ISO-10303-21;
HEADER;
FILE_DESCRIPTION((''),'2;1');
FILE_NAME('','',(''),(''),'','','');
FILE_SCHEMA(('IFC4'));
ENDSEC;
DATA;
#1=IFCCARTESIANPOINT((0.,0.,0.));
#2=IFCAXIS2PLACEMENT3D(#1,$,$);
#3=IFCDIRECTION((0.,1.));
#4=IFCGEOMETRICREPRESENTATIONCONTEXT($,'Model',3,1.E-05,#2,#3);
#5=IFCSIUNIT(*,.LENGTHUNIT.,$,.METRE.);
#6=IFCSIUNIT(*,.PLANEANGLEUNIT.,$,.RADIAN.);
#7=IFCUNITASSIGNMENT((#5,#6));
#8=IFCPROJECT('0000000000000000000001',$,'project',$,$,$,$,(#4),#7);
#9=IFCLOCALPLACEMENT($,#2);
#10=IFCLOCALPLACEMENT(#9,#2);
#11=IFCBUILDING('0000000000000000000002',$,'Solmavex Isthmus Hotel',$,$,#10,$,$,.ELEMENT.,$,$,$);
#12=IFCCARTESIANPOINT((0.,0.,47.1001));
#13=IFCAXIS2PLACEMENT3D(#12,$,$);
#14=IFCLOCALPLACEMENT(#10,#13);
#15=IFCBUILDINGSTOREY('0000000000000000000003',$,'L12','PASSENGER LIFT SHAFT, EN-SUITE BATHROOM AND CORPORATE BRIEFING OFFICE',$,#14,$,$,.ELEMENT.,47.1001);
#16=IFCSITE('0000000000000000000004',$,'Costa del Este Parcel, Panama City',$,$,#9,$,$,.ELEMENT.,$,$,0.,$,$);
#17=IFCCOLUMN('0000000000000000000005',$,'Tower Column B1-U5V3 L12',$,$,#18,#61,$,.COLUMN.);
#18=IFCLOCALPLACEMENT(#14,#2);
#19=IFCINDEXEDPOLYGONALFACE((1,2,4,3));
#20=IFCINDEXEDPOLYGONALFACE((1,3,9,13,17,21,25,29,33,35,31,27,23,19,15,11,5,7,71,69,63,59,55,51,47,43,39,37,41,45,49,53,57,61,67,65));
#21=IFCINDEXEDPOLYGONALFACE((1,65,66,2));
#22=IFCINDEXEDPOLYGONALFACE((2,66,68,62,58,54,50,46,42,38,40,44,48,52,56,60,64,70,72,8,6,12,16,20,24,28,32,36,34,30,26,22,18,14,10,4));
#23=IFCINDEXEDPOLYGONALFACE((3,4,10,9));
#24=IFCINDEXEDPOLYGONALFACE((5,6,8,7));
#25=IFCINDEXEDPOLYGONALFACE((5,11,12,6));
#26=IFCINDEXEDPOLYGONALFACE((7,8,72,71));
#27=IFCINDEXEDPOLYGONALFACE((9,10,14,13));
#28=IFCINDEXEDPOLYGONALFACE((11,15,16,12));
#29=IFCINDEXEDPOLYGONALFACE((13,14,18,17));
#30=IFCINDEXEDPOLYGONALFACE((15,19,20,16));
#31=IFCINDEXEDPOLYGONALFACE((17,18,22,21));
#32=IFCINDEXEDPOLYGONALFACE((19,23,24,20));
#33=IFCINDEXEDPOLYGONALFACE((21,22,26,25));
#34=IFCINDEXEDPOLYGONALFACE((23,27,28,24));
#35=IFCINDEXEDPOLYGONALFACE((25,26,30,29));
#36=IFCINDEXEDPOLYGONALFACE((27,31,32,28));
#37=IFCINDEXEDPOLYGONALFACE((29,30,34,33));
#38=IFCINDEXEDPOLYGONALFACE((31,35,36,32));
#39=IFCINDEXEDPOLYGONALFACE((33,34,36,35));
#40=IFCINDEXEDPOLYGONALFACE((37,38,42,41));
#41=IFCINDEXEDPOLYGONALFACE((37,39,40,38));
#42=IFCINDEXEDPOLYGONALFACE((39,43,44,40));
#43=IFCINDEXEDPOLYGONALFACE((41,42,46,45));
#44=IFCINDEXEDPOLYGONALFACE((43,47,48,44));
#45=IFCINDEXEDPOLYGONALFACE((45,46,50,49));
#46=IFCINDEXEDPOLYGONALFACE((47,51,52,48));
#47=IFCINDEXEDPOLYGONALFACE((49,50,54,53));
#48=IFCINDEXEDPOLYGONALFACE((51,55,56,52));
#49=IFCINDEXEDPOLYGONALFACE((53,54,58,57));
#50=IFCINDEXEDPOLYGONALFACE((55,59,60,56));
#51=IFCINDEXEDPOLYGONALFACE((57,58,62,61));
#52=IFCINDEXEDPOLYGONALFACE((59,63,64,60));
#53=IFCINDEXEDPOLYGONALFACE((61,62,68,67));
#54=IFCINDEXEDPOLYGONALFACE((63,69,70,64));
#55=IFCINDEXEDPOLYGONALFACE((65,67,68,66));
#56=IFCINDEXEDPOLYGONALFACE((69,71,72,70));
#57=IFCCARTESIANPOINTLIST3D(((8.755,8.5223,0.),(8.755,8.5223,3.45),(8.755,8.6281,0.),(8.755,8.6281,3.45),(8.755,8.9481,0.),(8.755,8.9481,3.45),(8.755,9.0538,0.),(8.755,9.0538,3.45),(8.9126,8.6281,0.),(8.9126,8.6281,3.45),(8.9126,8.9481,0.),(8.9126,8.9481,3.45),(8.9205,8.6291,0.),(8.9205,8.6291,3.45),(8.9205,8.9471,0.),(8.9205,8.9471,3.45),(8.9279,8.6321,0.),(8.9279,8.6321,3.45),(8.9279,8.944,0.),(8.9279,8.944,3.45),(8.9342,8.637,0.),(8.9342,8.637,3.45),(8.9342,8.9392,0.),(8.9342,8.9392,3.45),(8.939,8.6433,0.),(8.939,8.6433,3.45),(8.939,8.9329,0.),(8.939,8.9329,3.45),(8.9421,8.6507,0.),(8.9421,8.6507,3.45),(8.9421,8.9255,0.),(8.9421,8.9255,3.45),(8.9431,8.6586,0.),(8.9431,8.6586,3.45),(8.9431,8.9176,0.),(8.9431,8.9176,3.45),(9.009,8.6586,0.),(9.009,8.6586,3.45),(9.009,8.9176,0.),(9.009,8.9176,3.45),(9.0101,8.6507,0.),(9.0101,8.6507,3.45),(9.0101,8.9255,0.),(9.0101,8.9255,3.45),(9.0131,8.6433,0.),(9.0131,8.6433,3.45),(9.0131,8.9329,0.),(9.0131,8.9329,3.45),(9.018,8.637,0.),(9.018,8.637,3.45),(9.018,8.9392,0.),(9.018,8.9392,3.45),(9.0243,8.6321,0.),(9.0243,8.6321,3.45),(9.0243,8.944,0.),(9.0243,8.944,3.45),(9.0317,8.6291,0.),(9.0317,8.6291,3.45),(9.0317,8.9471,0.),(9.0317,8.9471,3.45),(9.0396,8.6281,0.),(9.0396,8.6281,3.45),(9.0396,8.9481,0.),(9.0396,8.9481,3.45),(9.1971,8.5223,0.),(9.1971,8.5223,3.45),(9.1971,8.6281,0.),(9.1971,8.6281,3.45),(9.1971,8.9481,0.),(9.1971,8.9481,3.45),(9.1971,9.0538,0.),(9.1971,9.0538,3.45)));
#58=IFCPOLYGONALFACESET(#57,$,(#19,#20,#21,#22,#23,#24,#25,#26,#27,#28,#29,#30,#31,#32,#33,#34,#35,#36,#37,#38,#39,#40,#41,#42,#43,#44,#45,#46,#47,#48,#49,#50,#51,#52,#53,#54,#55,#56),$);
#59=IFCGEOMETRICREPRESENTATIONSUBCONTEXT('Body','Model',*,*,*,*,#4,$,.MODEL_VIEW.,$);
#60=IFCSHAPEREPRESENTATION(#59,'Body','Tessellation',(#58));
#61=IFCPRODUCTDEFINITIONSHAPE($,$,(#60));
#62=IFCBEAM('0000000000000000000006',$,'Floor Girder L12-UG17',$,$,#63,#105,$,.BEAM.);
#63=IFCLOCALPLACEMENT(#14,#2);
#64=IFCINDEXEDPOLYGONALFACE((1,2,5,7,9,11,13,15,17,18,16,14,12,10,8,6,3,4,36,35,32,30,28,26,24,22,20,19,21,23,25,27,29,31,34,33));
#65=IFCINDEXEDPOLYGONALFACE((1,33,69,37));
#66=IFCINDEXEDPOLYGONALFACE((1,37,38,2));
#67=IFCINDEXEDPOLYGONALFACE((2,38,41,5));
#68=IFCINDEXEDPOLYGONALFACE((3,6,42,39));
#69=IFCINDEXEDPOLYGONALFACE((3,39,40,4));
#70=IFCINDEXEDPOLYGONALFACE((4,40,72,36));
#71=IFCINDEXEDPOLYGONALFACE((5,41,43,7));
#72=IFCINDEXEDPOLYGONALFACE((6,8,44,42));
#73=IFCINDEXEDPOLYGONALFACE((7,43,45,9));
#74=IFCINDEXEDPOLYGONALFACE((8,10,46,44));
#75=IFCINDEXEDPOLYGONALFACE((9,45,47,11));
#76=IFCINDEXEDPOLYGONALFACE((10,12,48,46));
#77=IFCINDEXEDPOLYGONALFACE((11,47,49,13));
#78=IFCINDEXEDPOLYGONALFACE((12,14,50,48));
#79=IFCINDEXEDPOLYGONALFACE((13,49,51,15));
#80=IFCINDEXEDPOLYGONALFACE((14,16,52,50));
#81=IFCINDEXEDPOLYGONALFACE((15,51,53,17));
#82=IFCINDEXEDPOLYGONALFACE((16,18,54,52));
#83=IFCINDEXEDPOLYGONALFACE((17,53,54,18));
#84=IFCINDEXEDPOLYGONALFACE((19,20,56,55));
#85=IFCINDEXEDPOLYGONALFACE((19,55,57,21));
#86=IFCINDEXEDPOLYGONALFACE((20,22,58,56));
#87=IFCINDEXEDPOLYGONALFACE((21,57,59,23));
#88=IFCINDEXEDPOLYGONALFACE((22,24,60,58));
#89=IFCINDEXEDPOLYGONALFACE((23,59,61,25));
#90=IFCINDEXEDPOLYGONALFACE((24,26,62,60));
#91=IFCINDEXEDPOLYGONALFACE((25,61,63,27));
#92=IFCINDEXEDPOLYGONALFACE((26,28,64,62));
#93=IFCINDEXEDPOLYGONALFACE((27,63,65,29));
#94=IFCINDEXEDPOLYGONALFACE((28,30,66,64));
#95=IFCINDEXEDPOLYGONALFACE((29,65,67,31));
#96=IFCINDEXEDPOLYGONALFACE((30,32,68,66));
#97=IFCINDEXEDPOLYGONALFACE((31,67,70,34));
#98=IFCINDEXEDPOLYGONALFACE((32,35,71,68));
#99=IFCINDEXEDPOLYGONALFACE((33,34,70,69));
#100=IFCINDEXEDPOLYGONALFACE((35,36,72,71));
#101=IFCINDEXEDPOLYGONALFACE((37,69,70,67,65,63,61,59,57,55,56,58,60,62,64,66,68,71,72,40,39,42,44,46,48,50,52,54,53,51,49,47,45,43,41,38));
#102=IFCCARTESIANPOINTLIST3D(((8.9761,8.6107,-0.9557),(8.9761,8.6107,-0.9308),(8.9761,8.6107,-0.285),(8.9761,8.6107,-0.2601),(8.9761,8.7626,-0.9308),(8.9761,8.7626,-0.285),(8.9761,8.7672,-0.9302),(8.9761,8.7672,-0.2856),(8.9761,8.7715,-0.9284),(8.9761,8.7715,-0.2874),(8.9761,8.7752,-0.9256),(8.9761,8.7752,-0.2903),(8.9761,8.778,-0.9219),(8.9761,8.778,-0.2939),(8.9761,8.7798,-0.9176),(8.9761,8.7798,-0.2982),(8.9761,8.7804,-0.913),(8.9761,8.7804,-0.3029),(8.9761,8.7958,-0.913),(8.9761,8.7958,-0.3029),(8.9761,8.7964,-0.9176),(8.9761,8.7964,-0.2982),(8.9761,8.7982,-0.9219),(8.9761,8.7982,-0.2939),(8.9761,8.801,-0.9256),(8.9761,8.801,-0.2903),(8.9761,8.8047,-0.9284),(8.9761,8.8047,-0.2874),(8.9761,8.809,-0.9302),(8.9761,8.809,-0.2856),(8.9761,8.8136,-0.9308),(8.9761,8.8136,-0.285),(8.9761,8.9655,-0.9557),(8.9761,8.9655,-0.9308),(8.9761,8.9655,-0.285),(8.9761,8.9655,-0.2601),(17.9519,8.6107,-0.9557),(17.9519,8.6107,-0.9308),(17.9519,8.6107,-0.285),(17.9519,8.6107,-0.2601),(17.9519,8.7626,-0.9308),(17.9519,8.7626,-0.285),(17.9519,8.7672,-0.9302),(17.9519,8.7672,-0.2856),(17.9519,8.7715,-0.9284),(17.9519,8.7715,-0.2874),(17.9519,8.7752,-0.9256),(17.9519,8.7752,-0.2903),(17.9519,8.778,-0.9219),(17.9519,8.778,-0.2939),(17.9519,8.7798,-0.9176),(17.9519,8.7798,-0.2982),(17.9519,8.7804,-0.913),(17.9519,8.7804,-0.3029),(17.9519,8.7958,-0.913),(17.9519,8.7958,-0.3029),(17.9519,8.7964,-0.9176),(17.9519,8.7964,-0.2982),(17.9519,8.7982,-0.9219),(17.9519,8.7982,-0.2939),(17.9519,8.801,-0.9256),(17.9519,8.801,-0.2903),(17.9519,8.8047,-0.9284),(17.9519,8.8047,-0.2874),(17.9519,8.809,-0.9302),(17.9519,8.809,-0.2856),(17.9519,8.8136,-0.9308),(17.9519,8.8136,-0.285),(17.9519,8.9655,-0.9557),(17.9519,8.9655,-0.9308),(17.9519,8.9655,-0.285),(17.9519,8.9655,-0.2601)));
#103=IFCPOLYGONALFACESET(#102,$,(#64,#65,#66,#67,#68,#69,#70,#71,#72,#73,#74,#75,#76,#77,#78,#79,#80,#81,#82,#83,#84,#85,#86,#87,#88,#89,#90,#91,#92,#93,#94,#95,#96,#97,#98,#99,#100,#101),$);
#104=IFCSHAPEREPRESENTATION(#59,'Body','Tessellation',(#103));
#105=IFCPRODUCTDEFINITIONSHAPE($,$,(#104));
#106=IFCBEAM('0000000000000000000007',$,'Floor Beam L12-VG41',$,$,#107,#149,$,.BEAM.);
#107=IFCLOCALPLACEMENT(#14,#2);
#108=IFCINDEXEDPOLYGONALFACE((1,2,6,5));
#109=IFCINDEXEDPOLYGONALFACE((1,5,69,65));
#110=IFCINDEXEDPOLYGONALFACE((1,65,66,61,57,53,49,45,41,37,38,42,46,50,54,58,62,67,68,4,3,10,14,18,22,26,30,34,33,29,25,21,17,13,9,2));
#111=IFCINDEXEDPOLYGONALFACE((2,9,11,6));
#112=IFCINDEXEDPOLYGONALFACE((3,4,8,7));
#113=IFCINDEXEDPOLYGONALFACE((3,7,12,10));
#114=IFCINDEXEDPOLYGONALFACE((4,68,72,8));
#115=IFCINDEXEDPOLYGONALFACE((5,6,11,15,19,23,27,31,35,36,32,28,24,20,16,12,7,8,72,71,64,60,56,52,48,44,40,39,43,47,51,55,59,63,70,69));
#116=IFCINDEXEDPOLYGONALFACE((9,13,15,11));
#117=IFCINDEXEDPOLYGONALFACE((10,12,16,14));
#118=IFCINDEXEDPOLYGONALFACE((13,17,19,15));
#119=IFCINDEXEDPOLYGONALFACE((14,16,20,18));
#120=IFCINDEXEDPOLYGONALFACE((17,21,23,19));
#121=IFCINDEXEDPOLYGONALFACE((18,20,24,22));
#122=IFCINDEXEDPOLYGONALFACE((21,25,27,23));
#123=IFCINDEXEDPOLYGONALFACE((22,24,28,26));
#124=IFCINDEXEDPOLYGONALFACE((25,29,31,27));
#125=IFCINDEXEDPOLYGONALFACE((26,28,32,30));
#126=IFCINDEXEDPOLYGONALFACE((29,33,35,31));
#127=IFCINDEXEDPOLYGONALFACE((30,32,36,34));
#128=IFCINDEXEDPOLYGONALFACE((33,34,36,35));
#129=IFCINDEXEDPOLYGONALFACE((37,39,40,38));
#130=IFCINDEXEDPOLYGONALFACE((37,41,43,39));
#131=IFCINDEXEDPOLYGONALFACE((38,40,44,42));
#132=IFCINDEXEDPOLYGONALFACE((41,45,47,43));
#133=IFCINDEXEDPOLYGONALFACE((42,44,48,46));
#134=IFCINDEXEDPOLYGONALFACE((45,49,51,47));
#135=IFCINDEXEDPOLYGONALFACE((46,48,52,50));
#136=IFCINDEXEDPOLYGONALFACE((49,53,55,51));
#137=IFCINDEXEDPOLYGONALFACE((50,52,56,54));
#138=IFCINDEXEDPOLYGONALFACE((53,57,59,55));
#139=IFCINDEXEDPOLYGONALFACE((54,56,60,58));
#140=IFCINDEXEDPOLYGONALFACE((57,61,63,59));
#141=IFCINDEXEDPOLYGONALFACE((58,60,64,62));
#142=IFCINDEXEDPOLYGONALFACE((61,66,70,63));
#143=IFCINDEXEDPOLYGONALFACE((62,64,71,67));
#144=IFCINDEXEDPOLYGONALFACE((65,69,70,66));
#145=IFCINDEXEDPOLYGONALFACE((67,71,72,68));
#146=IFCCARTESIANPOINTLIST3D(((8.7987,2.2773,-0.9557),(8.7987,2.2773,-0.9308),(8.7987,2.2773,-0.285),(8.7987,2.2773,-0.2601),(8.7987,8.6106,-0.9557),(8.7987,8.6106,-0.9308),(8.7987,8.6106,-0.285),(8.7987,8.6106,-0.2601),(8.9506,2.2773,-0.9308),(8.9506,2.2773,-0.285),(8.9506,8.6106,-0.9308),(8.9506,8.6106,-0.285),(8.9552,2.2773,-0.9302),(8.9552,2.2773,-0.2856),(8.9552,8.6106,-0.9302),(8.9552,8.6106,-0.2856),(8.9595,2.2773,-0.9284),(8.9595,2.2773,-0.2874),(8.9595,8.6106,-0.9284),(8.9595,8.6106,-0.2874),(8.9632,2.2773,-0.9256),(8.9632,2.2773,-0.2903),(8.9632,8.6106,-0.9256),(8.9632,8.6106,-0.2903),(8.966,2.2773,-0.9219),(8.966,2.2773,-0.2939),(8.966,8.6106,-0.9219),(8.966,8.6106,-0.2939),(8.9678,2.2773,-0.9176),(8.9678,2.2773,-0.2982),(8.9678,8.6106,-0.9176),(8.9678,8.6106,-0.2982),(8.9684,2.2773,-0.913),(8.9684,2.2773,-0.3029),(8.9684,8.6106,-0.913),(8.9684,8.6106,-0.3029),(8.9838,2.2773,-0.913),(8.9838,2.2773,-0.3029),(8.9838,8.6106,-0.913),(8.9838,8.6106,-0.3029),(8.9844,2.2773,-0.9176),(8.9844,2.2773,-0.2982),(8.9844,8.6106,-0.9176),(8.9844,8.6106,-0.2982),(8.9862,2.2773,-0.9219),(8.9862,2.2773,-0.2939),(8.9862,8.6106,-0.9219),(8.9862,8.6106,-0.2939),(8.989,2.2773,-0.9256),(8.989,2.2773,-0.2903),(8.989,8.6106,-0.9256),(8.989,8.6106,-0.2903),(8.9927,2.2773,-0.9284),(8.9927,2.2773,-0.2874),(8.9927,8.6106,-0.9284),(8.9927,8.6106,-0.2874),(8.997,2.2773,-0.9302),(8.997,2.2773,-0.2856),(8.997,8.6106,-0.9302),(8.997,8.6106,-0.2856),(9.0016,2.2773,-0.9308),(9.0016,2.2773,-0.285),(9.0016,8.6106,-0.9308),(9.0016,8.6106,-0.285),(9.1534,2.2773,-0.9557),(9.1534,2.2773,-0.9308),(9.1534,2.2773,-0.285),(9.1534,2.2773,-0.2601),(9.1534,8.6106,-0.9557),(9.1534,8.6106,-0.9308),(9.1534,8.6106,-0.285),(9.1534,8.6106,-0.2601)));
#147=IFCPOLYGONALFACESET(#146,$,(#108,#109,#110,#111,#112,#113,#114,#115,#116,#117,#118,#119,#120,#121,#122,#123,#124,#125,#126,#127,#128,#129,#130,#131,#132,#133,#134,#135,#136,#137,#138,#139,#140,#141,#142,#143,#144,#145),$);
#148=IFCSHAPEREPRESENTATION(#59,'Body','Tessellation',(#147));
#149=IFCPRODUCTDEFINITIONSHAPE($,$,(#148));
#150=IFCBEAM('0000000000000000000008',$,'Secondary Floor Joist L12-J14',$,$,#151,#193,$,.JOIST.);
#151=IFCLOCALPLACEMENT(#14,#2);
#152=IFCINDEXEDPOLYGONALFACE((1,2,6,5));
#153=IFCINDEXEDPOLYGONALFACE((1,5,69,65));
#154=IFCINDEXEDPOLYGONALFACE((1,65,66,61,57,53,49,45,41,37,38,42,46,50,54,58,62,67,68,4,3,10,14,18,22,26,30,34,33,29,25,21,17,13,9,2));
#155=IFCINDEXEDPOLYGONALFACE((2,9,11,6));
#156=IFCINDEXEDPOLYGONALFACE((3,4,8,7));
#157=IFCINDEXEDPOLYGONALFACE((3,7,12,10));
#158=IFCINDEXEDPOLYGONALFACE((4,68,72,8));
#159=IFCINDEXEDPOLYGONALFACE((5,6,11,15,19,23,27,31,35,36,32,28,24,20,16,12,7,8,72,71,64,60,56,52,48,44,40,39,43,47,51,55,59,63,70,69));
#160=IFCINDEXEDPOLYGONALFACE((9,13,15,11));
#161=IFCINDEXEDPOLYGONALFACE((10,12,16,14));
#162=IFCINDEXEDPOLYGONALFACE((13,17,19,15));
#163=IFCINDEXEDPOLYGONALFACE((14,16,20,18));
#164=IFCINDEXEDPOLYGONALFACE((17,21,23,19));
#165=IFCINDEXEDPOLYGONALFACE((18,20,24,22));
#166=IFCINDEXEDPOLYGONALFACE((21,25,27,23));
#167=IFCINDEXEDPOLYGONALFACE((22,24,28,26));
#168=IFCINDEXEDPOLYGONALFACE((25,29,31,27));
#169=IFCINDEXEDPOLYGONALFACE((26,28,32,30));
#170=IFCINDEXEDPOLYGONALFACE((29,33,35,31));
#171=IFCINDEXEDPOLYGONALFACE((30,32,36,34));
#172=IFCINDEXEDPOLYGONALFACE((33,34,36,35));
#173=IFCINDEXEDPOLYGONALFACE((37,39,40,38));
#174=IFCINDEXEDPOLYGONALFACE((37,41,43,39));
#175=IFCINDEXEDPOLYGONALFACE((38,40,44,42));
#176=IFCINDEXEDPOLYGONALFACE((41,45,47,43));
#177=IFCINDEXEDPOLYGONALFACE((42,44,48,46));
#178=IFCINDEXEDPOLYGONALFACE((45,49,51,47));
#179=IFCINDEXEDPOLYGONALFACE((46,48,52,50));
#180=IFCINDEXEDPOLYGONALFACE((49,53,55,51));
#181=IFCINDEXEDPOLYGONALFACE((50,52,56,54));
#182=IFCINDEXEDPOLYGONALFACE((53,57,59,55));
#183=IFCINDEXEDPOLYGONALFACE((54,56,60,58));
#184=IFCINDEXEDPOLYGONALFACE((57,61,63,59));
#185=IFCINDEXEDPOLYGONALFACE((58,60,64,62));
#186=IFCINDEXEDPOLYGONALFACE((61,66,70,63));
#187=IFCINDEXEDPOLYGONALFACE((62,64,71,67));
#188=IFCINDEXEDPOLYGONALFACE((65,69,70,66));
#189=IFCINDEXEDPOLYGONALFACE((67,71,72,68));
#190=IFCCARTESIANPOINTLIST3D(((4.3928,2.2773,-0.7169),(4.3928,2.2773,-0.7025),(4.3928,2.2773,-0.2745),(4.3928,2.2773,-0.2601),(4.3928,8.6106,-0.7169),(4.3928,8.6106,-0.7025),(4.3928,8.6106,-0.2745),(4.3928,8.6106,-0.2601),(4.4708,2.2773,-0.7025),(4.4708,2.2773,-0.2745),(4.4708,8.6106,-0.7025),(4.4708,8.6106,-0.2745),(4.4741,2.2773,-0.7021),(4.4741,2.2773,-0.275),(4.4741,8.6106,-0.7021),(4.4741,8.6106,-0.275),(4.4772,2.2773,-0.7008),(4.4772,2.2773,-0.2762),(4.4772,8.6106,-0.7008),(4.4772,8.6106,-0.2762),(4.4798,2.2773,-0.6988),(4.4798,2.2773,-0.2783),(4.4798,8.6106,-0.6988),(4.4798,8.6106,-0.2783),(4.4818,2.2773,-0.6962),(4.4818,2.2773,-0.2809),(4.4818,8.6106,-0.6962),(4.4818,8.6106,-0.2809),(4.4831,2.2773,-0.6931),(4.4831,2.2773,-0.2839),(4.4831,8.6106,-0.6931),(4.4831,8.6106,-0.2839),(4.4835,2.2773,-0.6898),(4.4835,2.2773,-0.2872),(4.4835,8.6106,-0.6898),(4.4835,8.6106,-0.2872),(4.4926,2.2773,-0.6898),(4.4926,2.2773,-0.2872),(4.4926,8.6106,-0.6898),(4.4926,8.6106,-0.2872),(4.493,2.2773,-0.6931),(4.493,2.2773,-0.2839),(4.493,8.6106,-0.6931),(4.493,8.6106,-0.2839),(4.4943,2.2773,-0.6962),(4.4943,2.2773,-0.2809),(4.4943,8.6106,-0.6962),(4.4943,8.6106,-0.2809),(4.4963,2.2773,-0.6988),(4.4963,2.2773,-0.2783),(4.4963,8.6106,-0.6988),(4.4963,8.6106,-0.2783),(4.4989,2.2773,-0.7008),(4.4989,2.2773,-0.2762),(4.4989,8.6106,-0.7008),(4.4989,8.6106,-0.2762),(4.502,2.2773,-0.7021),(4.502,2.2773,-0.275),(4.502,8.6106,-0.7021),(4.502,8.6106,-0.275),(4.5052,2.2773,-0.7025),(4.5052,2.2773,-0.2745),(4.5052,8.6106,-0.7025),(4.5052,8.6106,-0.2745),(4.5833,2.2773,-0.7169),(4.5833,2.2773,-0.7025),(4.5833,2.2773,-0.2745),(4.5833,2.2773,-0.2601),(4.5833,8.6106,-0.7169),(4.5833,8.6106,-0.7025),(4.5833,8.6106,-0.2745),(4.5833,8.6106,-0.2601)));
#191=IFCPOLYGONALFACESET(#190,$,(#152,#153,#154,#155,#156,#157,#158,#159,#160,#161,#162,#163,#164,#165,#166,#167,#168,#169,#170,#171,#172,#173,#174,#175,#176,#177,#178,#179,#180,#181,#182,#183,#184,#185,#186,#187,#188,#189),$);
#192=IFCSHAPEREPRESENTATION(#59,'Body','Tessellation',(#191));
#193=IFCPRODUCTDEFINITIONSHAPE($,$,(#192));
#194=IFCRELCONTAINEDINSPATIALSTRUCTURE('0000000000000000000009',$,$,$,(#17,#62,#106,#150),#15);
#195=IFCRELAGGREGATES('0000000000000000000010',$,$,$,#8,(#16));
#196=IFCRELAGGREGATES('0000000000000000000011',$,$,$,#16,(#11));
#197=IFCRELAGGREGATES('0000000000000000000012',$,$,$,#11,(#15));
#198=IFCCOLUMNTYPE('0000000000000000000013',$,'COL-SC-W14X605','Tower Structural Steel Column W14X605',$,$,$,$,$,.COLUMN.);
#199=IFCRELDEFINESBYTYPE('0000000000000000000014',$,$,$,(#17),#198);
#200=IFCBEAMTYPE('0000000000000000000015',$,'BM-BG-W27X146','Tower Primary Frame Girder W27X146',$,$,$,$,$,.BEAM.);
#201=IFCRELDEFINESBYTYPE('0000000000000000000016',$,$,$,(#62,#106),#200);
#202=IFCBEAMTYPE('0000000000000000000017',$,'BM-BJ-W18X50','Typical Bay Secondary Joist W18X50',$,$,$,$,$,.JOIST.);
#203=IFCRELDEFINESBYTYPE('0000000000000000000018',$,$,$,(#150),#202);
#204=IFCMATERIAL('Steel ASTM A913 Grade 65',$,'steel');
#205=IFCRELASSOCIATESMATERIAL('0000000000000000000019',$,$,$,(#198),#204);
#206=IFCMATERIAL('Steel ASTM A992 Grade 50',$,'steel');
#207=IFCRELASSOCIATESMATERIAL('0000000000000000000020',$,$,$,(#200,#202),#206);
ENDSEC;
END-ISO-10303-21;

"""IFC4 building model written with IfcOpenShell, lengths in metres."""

from ifc_helpers import new_model, si_unit, direction, frame, origin, origin_2d, place, context, subcontext, project, spatial, i_section, extrude, material, material_profile, profile_set, type_object, element, save


model = new_model("IFC4")

# Units and contexts
model_context = context("Model", 3, precision=1e-05, world=origin(), true_north=direction((0.0, 1.0)))
body_context = subcontext(model_context, "Body", "Model", "MODEL_VIEW")
ifc_project = project(units=[si_unit("LENGTHUNIT", "METRE"), si_unit("PLANEANGLEUNIT", "RADIAN")], contexts=[model_context])

# Site, building, storey
site_placement = place(None, origin())
site = spatial("IfcSite", under=ifc_project, at=site_placement, Name="Costa del Este Parcel, Panama City", CompositionType="ELEMENT", RefElevation=0.0)
building_placement = place(site_placement, origin())
building = spatial("IfcBuilding", under=site, at=building_placement, Name="Solmavex Isthmus Hotel", CompositionType="ELEMENT")
storey_placement = place(building_placement, frame((0.0, 0.0, 47.1001)))
storey = spatial("IfcBuildingStorey", under=building, at=storey_placement, Name="L12", Description="PASSENGER LIFT SHAFT, EN-SUITE BATHROOM AND CORPORATE BRIEFING OFFICE", CompositionType="ELEMENT", Elevation=47.1001)

# Column
ifc_material_1 = material(Name="Steel ASTM A913 Grade 65", Category="steel")
ifc_material_profile_1 = material_profile(ifc_material_1, i_section(OverallWidth=0.4421, OverallDepth=0.5315, WebThickness=0.0659, FlangeThickness=0.1057, FilletRadius=0.0305, at=origin_2d()), Name="W14X605")
ifc_profile_set_1 = profile_set([ifc_material_profile_1], Name="Steel ASTM A913 Grade 65")
column_type = type_object("IfcColumnType", Name="COL-SC-W14X605", Description="Tower Structural Steel Column W14X605", PredefinedType="COLUMN", material=ifc_profile_set_1)
column_placement = place(storey_placement, frame((8.9761, 8.7881, 0.0), z_axis=(0.0, 0.0, 1.0), x_axis=(1.0, 0.0, 0.0)))
element("IfcColumn", 1, at=column_placement, inside=storey, type_object=column_type, Name="Tower Column B1-U5V3 L12", PredefinedType="COLUMN", context=body_context, shape_type="SweptSolid", body=[
    extrude(i_section(OverallWidth=0.4421, OverallDepth=0.5315, WebThickness=0.0659, FlangeThickness=0.1057, FilletRadius=0.0305, at=origin_2d()), origin(), (0.0, 0.0, 1.0), 3.45),
])

# Beams
ifc_material_2 = material(Name="Steel ASTM A992 Grade 50", Category="steel")
ifc_material_profile_2 = material_profile(ifc_material_2, i_section(OverallWidth=0.3547, OverallDepth=0.6956, WebThickness=0.0154, FlangeThickness=0.0249, FilletRadius=0.0178, at=origin_2d()), Name="W27X146")
ifc_profile_set_2 = profile_set([ifc_material_profile_2], Name="Steel ASTM A992 Grade 50")
beam_type_1 = type_object("IfcBeamType", Name="BM-BG-W27X146", Description="Tower Primary Frame Girder W27X146", PredefinedType="BEAM", material=ifc_profile_set_2)
beam_1_placement = place(storey_placement, frame((8.9761, 8.7881, -0.6079), z_axis=(1.0, 0.0, 0.0), x_axis=(0.0, 1.0, 0.0)))
element("IfcBeam", 2, at=beam_1_placement, inside=storey, type_object=beam_type_1, Name="Floor Girder L12-UG17", PredefinedType="BEAM", context=body_context, shape_type="SweptSolid", body=[
    extrude(i_section(OverallWidth=0.3547, OverallDepth=0.6956, WebThickness=0.0154, FlangeThickness=0.0249, FilletRadius=0.0178, at=origin_2d()), origin(), (0.0, 0.0, 1.0), 8.9758),
])
beam_2_placement = place(storey_placement, frame((8.9761, 2.2773, -0.6079), z_axis=(0.0, 1.0, 0.0), x_axis=(-1.0, 0.0, 0.0)))
element("IfcBeam", 3, at=beam_2_placement, inside=storey, type_object=beam_type_1, Name="Floor Beam L12-VG41", PredefinedType="BEAM", context=body_context, shape_type="SweptSolid", body=[
    extrude(i_section(OverallWidth=0.3547, OverallDepth=0.6956, WebThickness=0.0154, FlangeThickness=0.0249, FilletRadius=0.0178, at=origin_2d()), origin(), (0.0, 0.0, 1.0), 6.3333),
])
ifc_material_profile_3 = material_profile(ifc_material_2, i_section(OverallWidth=0.1904, OverallDepth=0.4568, WebThickness=0.009, FlangeThickness=0.0144, FilletRadius=0.0127, at=origin_2d()), Name="W18X50")
ifc_profile_set_3 = profile_set([ifc_material_profile_3], Name="Steel ASTM A992 Grade 50")
beam_type_2 = type_object("IfcBeamType", Name="BM-BJ-W18X50", Description="Typical Bay Secondary Joist W18X50", PredefinedType="JOIST", material=ifc_profile_set_3)
beam_3_placement = place(storey_placement, frame((4.488, 2.2773, -0.4885), z_axis=(0.0, 1.0, 0.0), x_axis=(-1.0, 0.0, 0.0)))
element("IfcBeam", 4, at=beam_3_placement, inside=storey, type_object=beam_type_2, Name="Secondary Floor Joist L12-J14", PredefinedType="JOIST", context=body_context, shape_type="SweptSolid", body=[
    extrude(i_section(OverallWidth=0.1904, OverallDepth=0.4568, WebThickness=0.009, FlangeThickness=0.0144, FilletRadius=0.0127, at=origin_2d()), origin(), (0.0, 0.0, 1.0), 6.3333),
])

save(model, "model.ifc")
